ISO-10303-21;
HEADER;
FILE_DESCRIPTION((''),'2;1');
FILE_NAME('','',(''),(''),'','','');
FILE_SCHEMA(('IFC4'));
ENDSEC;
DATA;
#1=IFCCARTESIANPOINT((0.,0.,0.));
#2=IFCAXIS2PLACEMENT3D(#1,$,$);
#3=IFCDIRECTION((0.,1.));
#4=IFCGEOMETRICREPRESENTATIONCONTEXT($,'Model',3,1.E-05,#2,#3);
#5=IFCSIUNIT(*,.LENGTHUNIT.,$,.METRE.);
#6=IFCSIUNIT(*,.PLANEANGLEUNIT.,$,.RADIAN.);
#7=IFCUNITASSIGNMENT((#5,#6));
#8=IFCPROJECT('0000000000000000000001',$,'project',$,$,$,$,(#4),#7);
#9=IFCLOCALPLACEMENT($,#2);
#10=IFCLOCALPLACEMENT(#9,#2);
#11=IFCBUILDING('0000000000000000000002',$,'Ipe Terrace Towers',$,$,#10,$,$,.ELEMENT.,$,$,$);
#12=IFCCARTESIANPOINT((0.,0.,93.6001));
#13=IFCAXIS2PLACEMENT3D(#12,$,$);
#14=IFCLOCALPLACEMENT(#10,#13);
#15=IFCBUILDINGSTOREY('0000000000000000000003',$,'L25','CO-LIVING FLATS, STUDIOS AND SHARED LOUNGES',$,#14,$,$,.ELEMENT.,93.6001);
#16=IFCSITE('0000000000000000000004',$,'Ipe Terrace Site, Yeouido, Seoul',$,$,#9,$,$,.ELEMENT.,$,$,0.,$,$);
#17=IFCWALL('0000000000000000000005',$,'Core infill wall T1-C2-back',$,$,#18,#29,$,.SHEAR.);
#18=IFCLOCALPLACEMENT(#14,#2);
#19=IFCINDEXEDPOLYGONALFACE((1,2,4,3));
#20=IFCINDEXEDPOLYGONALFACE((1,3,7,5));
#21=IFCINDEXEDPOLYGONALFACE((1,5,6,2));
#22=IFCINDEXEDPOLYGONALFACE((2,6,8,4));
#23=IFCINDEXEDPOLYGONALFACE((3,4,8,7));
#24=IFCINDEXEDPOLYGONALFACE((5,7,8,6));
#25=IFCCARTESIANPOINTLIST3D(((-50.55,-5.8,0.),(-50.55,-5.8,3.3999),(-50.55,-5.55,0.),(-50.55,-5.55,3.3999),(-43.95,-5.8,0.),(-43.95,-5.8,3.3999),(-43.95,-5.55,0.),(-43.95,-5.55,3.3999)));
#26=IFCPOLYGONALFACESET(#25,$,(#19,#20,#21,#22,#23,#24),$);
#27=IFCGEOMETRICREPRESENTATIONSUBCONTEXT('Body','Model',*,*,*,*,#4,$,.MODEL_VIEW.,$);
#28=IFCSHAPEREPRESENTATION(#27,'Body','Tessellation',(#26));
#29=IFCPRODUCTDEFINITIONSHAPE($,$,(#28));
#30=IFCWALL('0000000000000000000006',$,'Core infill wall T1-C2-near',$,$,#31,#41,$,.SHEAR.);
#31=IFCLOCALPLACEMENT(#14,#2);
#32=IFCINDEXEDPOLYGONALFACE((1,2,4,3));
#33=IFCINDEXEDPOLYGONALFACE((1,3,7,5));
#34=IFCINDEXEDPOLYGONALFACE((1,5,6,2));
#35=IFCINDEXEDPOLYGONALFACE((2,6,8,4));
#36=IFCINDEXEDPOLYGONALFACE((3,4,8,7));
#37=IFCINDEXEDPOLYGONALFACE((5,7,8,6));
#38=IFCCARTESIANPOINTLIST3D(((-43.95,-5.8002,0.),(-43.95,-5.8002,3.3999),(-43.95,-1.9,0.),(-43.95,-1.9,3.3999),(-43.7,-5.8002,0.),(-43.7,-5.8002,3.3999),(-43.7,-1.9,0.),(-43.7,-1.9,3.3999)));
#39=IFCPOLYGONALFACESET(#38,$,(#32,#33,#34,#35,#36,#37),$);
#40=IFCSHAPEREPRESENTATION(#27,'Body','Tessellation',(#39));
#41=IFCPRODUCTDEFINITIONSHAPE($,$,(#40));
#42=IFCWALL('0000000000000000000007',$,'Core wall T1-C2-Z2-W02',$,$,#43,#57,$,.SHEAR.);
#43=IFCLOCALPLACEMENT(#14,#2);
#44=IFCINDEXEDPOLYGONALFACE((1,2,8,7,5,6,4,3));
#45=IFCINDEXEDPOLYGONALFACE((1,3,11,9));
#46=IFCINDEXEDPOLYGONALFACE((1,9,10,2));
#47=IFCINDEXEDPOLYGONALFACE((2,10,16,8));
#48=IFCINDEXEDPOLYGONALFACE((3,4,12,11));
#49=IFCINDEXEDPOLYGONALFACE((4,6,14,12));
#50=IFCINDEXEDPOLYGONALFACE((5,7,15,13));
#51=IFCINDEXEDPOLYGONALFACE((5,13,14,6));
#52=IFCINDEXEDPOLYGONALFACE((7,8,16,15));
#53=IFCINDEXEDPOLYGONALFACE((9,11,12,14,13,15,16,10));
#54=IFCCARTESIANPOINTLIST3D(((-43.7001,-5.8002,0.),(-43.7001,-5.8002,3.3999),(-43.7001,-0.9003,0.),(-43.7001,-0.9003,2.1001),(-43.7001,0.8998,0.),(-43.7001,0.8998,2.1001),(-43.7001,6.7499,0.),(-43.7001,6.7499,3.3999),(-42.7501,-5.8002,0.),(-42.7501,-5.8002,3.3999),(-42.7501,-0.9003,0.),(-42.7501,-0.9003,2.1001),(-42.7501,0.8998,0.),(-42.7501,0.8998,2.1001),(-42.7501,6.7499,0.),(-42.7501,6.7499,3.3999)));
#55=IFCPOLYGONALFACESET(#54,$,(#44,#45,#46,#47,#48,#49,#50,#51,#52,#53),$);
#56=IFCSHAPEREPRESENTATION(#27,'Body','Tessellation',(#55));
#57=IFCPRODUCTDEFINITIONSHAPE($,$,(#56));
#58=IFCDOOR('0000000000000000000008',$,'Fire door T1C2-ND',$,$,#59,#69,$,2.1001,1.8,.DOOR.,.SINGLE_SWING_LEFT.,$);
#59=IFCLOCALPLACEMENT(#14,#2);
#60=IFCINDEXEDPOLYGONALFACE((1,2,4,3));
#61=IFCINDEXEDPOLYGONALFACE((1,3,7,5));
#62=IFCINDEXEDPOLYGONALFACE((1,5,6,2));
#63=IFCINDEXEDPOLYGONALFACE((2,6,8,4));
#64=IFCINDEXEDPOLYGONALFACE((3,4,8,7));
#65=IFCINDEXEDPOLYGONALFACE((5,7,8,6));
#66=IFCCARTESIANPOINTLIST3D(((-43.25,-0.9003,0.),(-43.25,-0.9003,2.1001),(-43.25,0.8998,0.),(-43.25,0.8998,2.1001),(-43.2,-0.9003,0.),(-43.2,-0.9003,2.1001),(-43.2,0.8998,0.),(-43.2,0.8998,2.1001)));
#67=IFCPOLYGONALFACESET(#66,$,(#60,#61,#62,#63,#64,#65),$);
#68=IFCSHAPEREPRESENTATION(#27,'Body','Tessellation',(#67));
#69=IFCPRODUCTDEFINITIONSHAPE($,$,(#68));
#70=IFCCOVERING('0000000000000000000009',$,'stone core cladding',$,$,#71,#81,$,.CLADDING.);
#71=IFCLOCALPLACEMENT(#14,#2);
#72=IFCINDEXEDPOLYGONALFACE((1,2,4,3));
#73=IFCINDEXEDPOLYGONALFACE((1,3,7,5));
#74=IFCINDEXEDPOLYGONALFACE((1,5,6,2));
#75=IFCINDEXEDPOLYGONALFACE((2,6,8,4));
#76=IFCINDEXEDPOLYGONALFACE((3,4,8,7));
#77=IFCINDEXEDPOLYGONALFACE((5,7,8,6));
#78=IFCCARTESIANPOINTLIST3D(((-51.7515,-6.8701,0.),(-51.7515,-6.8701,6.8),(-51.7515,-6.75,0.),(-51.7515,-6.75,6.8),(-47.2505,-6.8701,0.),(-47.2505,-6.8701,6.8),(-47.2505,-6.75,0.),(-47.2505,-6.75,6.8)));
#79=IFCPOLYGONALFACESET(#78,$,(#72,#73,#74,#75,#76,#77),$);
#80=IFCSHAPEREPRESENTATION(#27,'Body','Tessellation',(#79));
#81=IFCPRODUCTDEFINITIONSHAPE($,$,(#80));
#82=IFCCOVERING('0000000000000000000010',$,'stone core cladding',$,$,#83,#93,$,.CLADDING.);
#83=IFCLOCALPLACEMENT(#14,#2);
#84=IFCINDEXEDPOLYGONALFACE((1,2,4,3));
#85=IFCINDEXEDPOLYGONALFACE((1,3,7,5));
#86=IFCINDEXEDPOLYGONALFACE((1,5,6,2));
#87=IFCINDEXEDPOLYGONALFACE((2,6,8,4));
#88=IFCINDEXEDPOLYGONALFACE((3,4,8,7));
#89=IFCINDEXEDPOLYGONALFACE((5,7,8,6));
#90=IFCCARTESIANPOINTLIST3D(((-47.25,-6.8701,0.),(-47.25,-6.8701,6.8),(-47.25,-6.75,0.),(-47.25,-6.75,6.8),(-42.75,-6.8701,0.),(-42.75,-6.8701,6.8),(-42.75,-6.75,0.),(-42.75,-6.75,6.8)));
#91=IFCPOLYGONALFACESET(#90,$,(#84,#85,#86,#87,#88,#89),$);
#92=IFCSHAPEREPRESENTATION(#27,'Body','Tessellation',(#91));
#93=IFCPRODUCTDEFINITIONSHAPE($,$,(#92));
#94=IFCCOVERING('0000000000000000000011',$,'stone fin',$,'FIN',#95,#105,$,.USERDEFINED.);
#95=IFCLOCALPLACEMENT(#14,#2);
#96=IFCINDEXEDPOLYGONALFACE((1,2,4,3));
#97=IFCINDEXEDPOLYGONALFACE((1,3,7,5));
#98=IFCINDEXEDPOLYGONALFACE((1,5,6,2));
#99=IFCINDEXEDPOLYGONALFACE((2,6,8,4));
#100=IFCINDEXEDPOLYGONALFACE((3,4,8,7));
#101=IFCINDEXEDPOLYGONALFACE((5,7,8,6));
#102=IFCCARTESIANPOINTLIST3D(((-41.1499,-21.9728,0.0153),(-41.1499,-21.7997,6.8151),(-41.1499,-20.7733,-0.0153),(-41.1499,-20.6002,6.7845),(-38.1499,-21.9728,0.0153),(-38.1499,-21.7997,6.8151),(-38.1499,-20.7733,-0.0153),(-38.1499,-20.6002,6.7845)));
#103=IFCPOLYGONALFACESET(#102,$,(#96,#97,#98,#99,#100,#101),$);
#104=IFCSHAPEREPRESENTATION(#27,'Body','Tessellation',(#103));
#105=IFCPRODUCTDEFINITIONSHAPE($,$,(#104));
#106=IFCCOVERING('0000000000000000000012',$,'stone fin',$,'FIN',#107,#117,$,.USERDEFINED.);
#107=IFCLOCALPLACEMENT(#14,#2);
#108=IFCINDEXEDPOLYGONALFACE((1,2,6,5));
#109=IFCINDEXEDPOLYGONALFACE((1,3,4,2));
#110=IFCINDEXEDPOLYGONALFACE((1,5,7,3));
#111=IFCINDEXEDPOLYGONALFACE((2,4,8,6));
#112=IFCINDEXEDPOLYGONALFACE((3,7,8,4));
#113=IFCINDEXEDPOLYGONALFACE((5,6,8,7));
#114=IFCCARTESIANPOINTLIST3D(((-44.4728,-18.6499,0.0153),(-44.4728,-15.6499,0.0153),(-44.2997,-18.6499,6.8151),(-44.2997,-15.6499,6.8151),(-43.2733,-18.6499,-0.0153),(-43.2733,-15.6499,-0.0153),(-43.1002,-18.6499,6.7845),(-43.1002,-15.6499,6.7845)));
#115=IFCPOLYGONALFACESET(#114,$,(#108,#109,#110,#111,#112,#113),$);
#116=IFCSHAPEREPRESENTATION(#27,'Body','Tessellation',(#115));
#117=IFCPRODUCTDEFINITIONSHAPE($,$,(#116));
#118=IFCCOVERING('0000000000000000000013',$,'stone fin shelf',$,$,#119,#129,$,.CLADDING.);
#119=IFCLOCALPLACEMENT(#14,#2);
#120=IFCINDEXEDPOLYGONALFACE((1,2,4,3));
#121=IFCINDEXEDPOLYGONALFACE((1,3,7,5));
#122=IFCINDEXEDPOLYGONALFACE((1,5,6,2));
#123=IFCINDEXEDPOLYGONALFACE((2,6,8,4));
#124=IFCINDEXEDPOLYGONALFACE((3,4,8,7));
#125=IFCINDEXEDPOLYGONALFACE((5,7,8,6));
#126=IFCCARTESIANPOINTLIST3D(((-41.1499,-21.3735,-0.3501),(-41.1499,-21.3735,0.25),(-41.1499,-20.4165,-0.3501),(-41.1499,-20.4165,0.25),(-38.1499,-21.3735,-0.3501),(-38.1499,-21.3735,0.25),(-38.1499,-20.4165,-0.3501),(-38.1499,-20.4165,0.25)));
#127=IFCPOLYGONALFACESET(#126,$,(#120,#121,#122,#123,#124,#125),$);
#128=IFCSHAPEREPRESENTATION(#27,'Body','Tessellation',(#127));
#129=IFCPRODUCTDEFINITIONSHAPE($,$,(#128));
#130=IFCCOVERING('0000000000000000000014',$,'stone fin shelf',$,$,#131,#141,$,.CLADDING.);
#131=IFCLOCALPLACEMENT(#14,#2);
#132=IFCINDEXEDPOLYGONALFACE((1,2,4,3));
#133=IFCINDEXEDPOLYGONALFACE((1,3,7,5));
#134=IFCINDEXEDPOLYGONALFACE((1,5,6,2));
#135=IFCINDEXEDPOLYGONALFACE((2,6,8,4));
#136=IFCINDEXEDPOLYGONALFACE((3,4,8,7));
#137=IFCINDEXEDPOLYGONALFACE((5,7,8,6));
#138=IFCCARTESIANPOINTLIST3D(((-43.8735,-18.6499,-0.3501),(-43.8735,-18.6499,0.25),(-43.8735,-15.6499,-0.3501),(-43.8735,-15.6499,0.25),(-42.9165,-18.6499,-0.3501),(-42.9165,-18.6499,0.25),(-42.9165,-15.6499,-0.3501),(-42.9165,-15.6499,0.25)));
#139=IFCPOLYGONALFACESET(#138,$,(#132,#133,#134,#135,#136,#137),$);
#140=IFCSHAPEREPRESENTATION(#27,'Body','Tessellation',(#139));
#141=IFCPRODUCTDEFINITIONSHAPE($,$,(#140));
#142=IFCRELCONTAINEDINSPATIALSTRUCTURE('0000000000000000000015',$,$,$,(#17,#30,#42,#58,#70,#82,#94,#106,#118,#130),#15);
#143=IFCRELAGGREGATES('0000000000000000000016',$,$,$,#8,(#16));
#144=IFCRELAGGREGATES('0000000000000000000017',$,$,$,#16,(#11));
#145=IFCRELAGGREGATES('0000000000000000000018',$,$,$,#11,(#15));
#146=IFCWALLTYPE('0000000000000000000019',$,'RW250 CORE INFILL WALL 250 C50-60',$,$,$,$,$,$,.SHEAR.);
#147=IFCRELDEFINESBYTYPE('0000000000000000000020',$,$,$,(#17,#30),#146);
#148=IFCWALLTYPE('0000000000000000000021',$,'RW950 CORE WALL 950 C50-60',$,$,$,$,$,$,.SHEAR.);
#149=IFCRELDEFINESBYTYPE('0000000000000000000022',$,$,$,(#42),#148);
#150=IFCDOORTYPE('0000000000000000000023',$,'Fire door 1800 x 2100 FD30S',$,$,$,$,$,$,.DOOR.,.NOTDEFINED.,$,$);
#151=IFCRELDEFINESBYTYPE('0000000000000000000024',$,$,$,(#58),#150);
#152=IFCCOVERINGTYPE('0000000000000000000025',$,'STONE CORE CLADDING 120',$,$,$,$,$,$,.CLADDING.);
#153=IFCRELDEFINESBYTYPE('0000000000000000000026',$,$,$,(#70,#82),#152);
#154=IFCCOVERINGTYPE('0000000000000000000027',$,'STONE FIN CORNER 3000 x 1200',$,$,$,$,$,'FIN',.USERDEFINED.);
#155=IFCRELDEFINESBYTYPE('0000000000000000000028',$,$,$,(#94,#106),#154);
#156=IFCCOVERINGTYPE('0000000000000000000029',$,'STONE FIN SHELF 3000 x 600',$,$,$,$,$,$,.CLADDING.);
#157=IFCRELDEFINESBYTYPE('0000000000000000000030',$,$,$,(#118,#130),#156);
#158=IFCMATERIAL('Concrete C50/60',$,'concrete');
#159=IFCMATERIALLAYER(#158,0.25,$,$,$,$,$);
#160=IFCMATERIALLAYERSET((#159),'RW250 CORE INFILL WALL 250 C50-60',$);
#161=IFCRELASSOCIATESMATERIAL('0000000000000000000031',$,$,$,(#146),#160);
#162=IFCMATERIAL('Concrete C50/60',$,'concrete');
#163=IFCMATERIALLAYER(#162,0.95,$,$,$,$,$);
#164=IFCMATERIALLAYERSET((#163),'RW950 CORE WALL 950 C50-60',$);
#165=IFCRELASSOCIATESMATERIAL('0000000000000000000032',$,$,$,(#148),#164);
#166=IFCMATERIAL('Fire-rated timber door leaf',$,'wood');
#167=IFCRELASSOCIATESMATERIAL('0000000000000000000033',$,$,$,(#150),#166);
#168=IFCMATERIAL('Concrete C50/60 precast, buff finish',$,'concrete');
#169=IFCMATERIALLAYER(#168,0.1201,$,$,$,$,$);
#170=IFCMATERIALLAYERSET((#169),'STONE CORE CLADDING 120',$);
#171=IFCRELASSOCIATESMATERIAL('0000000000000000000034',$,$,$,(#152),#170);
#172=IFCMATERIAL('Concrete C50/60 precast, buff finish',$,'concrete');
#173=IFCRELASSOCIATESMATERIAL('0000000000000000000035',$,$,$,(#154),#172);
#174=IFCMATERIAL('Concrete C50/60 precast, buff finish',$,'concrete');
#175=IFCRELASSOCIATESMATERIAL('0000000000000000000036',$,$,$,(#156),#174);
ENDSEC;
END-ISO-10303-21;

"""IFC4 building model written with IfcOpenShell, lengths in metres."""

from ifc_helpers import new_model, si_unit, direction, frame, frame_2d, origin, origin_2d, place, context, subcontext, project, spatial, rectangle, extrude, material, layer, layer_set, material_profile, profile_set, type_object, element, fill, save


model = new_model("IFC4")

# Units and contexts
model_context = context("Model", 3, precision=1e-05, world=origin(), true_north=direction((0.0, 1.0)))
body_context = subcontext(model_context, "Body", "Model", "MODEL_VIEW")
ifc_project = project(units=[si_unit("LENGTHUNIT", "METRE"), si_unit("PLANEANGLEUNIT", "RADIAN")], contexts=[model_context])

# Site, building, storey
site_placement = place(None, origin())
site = spatial("IfcSite", under=ifc_project, at=site_placement, Name="Ipe Terrace Site, Yeouido, Seoul", CompositionType="ELEMENT", RefElevation=0.0)
building_placement = place(site_placement, origin())
building = spatial("IfcBuilding", under=site, at=building_placement, Name="Ipe Terrace Towers", CompositionType="ELEMENT")
storey_placement = place(building_placement, frame((0.0, 0.0, 93.6001)))
storey = spatial("IfcBuildingStorey", under=building, at=storey_placement, Name="L25", Description="CO-LIVING FLATS, STUDIOS AND SHARED LOUNGES", CompositionType="ELEMENT", Elevation=93.6001)

# Walls
ifc_material_1 = material(Name="Concrete C50/60", Category="concrete")
ifc_layer_1 = layer(ifc_material_1, 0.25)
ifc_layer_set_1 = layer_set([ifc_layer_1], Name="RW250 CORE INFILL WALL 250 C50-60")
wall_type_1 = type_object("IfcWallType", Name="RW250 CORE INFILL WALL 250 C50-60", PredefinedType="SHEAR", material=ifc_layer_set_1)
wall_1_placement = place(storey_placement, frame((-43.95, -5.675, 0.0), z_axis=(0.0, 0.0, 1.0), x_axis=(-1.0, 0.0, 0.0)))
element("IfcWall", 1, at=wall_1_placement, inside=storey, type_object=wall_type_1, Name="Core infill wall T1-C2-back", PredefinedType="SHEAR", context=body_context, shape_type="SweptSolid", body=[
    extrude(rectangle(XDim=6.6001, YDim=0.25, at=frame_2d((3.3, 0.0))), origin(), (0.0, 0.0, 1.0), 3.3999),
])
wall_2_placement = place(storey_placement, frame((-43.825, -1.8999, 0.0), z_axis=(0.0, 0.0, 1.0), x_axis=(0.0, -1.0, 0.0)))
element("IfcWall", 2, at=wall_2_placement, inside=storey, type_object=wall_type_1, Name="Core infill wall T1-C2-near", PredefinedType="SHEAR", context=body_context, shape_type="SweptSolid", body=[
    extrude(rectangle(XDim=3.9001, YDim=0.25, at=frame_2d((1.9502, 0.0))), origin(), (0.0, 0.0, 1.0), 3.3999),
])

# Wall, opening, door
ifc_material_2 = material(Name="Concrete C50/60", Category="concrete")
ifc_layer_2 = layer(ifc_material_2, 0.95)
ifc_layer_set_2 = layer_set([ifc_layer_2], Name="RW950 CORE WALL 950 C50-60")
wall_type_2 = type_object("IfcWallType", Name="RW950 CORE WALL 950 C50-60", PredefinedType="SHEAR", material=ifc_layer_set_2)
wall_3_placement = place(storey_placement, frame((-43.2251, -5.8, 0.0), z_axis=(0.0, 0.0, 1.0), x_axis=(0.0, 1.0, 0.0)))
wall_3 = element("IfcWall", 3, at=wall_3_placement, inside=storey, type_object=wall_type_2, Name="Core wall T1-C2-Z2-W02", PredefinedType="SHEAR", context=body_context, shape_type="SweptSolid", body=[
    extrude(rectangle(XDim=12.55, YDim=0.95, at=frame_2d((6.2749, 0.0))), origin(), (0.0, 0.0, 1.0), 3.3999),
])
opening_1_placement = place(wall_3_placement, frame((4.8999, 0.0, 0.0)))
opening_1 = element("IfcOpeningElement", 4, at=opening_1_placement, cuts=wall_3, PredefinedType="OPENING", context=body_context, shape_type="SweptSolid", body=[
    extrude(rectangle(XDim=1.8, YDim=2.1001, at=frame_2d((0.8999, 1.05))), frame((0.0, 0.4849, 0.0), z_axis=(0.0, -1.0, 0.0), x_axis=(1.0, 0.0, 0.0)), (0.0, 0.0, 1.0), 0.97),
])
ifc_material_3 = material(Name="Fire-rated timber door leaf", Category="wood")
door_type_1 = type_object("IfcDoorType", Name="Fire door 1800 x 2100 FD30S", OperationType="NOTDEFINED", PredefinedType="DOOR", material=ifc_material_3)
door_1_placement = place(opening_1_placement, origin())
door_1 = element("IfcDoor", 5, at=door_1_placement, inside=storey, type_object=door_type_1, Name="Fire door T1C2-ND", OperationType="SINGLE_SWING_LEFT", OverallHeight=2.1001, OverallWidth=1.8, PredefinedType="DOOR", context=body_context, shape_type="SweptSolid", body=[
    extrude(rectangle(XDim=1.8, YDim=2.1001, at=frame_2d((0.8999, 1.05))), frame((0.0, 0.0249, 0.0), z_axis=(0.0, -1.0, 0.0), x_axis=(1.0, 0.0, 0.0)), (0.0, 0.0, 1.0), 0.05),
])
fill(opening_1, door_1)

# Coverings
ifc_material_4 = material(Name="Concrete C50/60 precast, buff finish", Category="concrete")
ifc_layer_3 = layer(ifc_material_4, 0.1201)
ifc_layer_set_3 = layer_set([ifc_layer_3], Name="STONE CORE CLADDING 120")
covering_type_1 = type_object("IfcCoveringType", Name="STONE CORE CLADDING 120", PredefinedType="CLADDING", material=ifc_layer_set_3)
covering_1_placement = place(storey_placement, frame((-49.501, -6.8101, 0.0), z_axis=(0.0, 0.0, 1.0), x_axis=(1.0, 0.0, 0.0)))
element("IfcCovering", 6, at=covering_1_placement, inside=storey, type_object=covering_type_1, Name="stone core cladding", PredefinedType="CLADDING", context=body_context, shape_type="SweptSolid", body=[
    extrude(rectangle(XDim=4.501, YDim=0.1201, at=origin_2d()), origin(), (0.0, 0.0, 1.0), 6.8),
])
covering_2_placement = place(storey_placement, frame((-45.0, -6.8101, 0.0), z_axis=(0.0, 0.0, 1.0), x_axis=(1.0, 0.0, 0.0)))
element("IfcCovering", 7, at=covering_2_placement, inside=storey, type_object=covering_type_1, Name="stone core cladding", PredefinedType="CLADDING", context=body_context, shape_type="SweptSolid", body=[
    extrude(rectangle(XDim=4.5, YDim=0.1201, at=origin_2d()), origin(), (0.0, 0.0, 1.0), 6.8),
])
ifc_material_5 = material(Name="Concrete C50/60 precast, buff finish", Category="concrete")
ifc_material_profile_1 = material_profile(ifc_material_5, rectangle(XDim=3.0, YDim=1.2, at=origin_2d()), Name="STONE FIN CORNER 3000 x 1200")
ifc_profile_set_1 = profile_set([ifc_material_profile_1], Name="Concrete C50/60 precast, buff finish")
covering_type_2 = type_object("IfcCoveringType", Name="STONE FIN CORNER 3000 x 1200", ElementType="FIN", PredefinedType="USERDEFINED", material=ifc_profile_set_1)
for number, where, z_axis, x_axis, name in (
    (8, (-39.6499, -21.373, 0.0), (0.0, 0.025448, 0.999676), (1.0, 0.0, 0.0), "stone fin"),
    (9, (-43.873, -17.1499, 0.0), (0.025448, 0.0, 0.999676), (0.0, -1.0, 0.0), "stone fin"),
):
    element("IfcCovering", number, at=place(storey_placement, frame(where, z_axis=z_axis, x_axis=x_axis)), inside=storey, type_object=covering_type_2, Name=name, ObjectType="FIN", PredefinedType="USERDEFINED", context=body_context, shape_type="SweptSolid", body=[
        extrude(rectangle(XDim=3.0, YDim=1.2, at=origin_2d()), origin(), (0.0, 0.0, 1.0), 6.802),
    ])
ifc_material_6 = material(Name="Concrete C50/60 precast, buff finish", Category="concrete")
covering_type_3 = type_object("IfcCoveringType", Name="STONE FIN SHELF 3000 x 600", PredefinedType="CLADDING", material=ifc_material_6)
for number, where, z_axis, x_axis, name in (
    (10, (-39.6499, -20.895, -0.3501), (0.0, 0.0, 1.0), (1.0, 0.0, 0.0), "stone fin shelf"),
    (11, (-43.395, -17.1499, -0.3501), (0.0, 0.0, 1.0), (0.0, -1.0, 0.0), "stone fin shelf"),
):
    element("IfcCovering", number, at=place(storey_placement, frame(where, z_axis=z_axis, x_axis=x_axis)), inside=storey, type_object=covering_type_3, Name=name, PredefinedType="CLADDING", context=body_context, shape_type="SweptSolid", body=[
        extrude(rectangle(XDim=3.0, YDim=0.957, at=origin_2d()), origin(), (0.0, 0.0, 1.0), 0.6001),
    ])

save(model, "model.ifc")
